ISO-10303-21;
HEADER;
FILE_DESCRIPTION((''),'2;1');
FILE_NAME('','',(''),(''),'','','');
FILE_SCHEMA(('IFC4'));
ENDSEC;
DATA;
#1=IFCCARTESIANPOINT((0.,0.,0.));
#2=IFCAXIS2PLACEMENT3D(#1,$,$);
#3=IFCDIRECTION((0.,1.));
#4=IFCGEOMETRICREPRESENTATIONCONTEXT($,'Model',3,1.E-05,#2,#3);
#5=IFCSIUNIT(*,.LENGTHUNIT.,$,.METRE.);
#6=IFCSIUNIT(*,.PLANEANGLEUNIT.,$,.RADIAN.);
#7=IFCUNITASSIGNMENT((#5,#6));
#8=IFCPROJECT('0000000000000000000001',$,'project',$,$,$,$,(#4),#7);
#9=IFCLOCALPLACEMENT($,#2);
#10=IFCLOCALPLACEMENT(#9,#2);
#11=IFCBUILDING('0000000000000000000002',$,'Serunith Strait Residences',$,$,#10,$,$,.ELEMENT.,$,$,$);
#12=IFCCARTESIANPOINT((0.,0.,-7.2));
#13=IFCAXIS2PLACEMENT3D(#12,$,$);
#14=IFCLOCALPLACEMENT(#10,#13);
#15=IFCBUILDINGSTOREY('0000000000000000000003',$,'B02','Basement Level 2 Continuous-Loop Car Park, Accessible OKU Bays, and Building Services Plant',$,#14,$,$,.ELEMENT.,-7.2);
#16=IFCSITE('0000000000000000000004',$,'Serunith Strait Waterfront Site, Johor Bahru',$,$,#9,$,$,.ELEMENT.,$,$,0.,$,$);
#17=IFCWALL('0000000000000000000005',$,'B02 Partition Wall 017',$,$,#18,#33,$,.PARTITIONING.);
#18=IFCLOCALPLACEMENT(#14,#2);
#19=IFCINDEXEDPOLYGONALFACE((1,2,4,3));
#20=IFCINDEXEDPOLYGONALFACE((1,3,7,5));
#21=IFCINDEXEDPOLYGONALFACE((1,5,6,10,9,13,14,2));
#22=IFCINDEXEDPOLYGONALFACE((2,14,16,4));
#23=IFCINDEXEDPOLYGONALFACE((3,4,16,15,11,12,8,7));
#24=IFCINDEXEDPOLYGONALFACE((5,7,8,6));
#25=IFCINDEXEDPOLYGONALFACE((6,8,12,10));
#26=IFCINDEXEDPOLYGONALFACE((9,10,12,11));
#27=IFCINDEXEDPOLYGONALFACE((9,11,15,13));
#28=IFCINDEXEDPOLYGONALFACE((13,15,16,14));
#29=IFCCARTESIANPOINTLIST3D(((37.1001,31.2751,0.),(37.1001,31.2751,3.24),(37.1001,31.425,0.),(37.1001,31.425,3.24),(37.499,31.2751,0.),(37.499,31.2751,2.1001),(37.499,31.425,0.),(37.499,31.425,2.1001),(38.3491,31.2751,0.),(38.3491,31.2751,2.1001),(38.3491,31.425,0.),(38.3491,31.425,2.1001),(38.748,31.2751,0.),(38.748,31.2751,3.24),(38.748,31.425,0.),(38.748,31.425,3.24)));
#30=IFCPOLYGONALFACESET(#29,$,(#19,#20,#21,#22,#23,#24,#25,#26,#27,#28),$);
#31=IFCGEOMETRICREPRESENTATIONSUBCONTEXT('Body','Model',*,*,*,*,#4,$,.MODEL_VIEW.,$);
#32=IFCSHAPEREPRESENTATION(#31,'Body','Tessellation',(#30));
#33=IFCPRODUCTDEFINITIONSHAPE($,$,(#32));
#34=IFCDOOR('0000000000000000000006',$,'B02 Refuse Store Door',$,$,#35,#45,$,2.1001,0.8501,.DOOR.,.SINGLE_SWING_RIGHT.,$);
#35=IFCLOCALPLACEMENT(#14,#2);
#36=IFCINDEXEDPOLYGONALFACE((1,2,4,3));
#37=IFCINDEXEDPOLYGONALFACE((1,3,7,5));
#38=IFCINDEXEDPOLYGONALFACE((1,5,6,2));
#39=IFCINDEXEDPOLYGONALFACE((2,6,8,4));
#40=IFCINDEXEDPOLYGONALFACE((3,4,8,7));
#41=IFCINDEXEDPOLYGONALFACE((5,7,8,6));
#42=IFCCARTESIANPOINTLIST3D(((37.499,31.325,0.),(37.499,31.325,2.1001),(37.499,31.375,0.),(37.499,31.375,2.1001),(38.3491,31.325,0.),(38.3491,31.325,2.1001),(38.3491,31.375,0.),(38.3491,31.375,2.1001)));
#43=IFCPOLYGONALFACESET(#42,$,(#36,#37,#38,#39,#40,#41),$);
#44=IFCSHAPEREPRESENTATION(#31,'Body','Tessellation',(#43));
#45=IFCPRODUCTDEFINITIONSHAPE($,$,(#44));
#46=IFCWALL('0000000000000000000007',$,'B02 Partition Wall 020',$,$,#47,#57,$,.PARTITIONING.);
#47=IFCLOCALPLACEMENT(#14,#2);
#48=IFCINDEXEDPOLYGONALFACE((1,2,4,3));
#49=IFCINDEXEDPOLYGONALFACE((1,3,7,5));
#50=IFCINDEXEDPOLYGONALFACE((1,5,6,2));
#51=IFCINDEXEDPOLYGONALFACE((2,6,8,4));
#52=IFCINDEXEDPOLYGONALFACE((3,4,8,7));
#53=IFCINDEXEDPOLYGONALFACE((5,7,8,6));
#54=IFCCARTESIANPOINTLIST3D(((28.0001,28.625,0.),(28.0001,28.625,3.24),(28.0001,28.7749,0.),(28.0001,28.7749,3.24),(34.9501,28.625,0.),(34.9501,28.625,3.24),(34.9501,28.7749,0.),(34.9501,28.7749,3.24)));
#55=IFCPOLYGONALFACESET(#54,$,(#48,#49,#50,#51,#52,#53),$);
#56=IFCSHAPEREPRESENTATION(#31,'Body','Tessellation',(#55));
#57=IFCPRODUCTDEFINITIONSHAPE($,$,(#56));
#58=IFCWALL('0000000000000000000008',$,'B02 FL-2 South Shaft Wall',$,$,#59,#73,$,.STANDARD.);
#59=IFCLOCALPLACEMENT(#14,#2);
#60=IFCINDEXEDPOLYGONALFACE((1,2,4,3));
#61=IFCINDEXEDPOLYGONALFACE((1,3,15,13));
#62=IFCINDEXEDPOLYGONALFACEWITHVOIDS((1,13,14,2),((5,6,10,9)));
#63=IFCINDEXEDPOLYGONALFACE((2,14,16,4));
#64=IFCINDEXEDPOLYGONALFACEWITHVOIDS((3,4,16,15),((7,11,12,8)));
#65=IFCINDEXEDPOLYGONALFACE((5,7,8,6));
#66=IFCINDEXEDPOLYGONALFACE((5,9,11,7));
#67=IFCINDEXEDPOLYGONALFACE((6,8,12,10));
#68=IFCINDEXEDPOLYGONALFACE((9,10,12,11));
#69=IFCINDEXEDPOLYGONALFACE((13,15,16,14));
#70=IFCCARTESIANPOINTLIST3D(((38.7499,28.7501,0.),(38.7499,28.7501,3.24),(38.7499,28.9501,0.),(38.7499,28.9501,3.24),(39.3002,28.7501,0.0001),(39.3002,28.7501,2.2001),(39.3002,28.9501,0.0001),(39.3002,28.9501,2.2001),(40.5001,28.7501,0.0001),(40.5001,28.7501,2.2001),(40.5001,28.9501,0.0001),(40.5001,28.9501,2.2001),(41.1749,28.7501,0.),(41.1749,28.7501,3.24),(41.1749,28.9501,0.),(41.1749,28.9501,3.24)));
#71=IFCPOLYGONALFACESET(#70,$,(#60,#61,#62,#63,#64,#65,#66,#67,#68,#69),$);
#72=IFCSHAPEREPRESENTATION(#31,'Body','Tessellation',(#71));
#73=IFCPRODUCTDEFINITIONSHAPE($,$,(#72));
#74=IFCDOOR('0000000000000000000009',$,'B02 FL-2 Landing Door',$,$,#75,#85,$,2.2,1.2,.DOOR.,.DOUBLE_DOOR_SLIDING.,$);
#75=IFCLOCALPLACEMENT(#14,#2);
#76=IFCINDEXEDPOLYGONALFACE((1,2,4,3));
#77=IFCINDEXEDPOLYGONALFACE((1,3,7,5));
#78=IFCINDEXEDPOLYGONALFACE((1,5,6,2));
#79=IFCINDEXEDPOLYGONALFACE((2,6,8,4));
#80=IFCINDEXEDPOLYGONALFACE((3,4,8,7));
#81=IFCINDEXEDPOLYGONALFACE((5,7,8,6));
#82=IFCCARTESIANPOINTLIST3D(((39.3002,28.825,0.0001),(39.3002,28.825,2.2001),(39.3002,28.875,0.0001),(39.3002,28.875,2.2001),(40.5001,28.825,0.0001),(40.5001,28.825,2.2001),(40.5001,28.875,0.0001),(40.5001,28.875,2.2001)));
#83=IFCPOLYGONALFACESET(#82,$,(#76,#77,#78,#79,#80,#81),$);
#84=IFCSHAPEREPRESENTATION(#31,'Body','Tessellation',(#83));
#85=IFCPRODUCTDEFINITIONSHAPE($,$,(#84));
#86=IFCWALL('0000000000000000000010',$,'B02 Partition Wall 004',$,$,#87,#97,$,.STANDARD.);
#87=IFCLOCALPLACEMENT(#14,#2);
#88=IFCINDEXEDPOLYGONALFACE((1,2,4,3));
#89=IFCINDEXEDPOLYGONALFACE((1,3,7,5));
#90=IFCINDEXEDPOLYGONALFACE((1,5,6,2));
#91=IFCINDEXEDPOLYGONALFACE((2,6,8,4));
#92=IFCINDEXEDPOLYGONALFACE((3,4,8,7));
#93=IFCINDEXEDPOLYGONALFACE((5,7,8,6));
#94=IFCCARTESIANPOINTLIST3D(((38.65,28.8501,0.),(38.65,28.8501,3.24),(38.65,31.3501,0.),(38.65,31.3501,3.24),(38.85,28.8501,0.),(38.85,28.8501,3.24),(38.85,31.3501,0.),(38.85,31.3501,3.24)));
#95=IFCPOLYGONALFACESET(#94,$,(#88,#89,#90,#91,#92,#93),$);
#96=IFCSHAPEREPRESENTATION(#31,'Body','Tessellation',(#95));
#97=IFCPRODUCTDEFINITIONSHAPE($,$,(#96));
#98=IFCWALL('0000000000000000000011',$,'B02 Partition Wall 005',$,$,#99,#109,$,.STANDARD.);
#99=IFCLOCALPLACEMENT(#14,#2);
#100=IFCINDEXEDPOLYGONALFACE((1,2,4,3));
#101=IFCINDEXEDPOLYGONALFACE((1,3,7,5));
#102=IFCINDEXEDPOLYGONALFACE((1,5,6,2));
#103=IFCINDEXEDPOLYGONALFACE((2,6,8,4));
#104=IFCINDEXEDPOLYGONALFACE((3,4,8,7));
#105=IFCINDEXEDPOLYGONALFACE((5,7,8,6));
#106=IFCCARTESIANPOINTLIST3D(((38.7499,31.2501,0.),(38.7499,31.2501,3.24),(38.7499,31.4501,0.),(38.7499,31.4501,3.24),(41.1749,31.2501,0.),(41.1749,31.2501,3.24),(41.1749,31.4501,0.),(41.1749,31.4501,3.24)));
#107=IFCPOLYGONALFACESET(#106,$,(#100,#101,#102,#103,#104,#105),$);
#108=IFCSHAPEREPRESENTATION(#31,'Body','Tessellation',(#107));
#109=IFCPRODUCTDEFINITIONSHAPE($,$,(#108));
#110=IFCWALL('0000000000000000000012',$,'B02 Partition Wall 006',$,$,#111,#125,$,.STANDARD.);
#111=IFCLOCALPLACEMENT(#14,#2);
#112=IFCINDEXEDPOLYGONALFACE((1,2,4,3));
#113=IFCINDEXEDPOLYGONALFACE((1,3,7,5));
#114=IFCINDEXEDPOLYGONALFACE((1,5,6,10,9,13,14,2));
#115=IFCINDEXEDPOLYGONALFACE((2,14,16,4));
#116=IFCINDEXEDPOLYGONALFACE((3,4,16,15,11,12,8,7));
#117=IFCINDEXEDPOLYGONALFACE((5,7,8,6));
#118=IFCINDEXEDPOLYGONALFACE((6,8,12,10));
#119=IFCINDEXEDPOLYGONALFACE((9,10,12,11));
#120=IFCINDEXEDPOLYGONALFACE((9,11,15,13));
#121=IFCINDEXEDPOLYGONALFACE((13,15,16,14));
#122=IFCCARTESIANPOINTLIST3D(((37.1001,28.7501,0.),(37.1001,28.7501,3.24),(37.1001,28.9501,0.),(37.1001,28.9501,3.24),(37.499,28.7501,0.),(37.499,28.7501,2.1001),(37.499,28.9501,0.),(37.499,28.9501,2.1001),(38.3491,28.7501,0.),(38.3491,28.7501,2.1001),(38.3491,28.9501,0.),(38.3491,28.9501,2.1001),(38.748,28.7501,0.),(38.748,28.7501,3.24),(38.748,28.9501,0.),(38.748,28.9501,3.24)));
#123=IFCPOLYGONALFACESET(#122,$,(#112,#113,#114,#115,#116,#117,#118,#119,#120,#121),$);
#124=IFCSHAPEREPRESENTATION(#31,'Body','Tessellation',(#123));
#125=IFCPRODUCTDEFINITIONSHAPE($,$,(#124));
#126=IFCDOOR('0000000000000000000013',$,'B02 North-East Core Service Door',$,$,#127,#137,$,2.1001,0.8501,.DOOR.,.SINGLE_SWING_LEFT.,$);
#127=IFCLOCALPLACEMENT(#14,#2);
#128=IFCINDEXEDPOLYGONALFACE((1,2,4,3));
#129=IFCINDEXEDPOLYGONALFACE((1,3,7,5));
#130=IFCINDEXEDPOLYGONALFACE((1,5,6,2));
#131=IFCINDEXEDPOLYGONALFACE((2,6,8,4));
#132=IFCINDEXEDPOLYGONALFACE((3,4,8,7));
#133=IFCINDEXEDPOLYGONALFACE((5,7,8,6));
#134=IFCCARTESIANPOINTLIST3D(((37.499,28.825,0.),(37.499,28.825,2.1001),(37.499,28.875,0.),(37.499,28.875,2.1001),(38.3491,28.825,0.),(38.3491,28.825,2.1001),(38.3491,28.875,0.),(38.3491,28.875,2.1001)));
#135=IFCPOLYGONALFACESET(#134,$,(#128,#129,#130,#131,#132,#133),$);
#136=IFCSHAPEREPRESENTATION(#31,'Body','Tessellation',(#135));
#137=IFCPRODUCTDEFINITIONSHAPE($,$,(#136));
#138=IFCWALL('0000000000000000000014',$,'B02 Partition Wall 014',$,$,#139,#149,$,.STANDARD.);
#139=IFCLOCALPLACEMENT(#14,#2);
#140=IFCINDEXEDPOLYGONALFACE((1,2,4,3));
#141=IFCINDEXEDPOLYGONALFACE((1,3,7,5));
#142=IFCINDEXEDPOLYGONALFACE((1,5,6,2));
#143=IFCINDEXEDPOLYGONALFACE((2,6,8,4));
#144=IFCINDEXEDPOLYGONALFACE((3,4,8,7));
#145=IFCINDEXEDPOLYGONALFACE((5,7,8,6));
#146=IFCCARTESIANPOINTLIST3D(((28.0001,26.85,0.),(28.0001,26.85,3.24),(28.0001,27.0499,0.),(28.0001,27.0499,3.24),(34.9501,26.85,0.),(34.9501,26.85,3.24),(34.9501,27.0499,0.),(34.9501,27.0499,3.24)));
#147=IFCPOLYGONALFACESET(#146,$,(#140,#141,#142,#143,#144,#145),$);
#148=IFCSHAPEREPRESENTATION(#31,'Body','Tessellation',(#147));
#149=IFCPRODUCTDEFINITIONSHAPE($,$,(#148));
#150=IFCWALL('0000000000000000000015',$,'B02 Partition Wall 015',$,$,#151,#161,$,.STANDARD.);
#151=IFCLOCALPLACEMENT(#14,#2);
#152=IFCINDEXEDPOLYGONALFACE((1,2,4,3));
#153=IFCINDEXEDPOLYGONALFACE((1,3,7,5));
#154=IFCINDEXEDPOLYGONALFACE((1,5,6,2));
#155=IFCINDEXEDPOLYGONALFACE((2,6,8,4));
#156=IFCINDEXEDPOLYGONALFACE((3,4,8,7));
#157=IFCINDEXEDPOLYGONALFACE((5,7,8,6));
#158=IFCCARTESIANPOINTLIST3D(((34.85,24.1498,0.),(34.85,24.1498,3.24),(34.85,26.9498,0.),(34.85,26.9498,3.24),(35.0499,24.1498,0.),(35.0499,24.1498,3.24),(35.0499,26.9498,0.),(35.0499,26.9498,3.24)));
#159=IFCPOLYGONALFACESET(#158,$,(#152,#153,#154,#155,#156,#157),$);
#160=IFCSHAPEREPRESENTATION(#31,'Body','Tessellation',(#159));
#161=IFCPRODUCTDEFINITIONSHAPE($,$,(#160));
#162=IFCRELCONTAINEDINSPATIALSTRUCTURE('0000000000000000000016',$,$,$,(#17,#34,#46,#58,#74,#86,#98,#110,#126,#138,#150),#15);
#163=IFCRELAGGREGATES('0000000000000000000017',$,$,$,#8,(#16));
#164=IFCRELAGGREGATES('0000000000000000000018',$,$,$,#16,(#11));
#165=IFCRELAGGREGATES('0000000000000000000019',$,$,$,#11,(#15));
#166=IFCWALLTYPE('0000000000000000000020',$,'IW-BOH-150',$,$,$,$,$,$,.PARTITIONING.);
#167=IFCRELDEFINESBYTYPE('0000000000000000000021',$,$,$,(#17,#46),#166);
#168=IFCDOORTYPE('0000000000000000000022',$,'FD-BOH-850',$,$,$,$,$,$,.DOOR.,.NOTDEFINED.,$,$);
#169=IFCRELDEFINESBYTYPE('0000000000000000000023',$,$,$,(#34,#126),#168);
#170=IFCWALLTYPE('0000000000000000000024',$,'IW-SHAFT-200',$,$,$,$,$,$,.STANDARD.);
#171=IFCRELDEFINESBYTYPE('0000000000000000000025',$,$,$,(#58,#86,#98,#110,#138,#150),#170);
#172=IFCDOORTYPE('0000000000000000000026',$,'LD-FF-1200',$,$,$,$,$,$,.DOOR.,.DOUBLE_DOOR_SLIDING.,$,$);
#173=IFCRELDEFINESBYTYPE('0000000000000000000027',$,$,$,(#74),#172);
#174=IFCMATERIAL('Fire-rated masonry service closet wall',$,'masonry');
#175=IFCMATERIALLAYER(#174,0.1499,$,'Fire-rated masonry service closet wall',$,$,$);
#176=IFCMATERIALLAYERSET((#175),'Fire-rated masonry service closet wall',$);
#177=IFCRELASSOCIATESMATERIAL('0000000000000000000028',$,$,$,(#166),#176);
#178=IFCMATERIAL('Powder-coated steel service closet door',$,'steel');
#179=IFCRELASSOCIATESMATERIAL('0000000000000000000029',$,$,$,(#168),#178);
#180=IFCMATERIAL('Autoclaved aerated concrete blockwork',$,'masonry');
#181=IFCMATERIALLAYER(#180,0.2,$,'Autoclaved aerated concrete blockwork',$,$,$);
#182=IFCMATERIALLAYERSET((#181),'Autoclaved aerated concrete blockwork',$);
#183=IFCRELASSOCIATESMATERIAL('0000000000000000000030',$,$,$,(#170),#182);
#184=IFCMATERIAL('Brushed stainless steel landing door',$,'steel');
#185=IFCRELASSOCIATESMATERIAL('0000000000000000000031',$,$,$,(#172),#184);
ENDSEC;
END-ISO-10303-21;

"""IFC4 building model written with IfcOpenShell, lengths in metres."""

from ifc_helpers import new_model, si_unit, direction, frame, frame_2d, origin, place, context, subcontext, project, spatial, rectangle, extrude, source, transform, mapped, material, layer, layer_set, type_object, element, fill, save


model = new_model("IFC4")

# Units and contexts
model_context = context("Model", 3, precision=1e-05, world=origin(), true_north=direction((0.0, 1.0)))
body_context = subcontext(model_context, "Body", "Model", "MODEL_VIEW")
ifc_project = project(units=[si_unit("LENGTHUNIT", "METRE"), si_unit("PLANEANGLEUNIT", "RADIAN")], contexts=[model_context])

# Site, building, storey
site_placement = place(None, origin())
site = spatial("IfcSite", under=ifc_project, at=site_placement, Name="Serunith Strait Waterfront Site, Johor Bahru", CompositionType="ELEMENT", RefElevation=0.0)
building_placement = place(site_placement, origin())
building = spatial("IfcBuilding", under=site, at=building_placement, Name="Serunith Strait Residences", CompositionType="ELEMENT")
storey_placement = place(building_placement, frame((0.0, 0.0, -7.2)))
storey = spatial("IfcBuildingStorey", under=building, at=storey_placement, Name="B02", Description="Basement Level 2 Continuous-Loop Car Park, Accessible OKU Bays, and Building Services Plant", CompositionType="ELEMENT", Elevation=-7.2)

# Wall, opening, door
ifc_material_1 = material(Name="Fire-rated masonry service closet wall", Category="masonry")
ifc_layer_1 = layer(ifc_material_1, 0.1499, Name="Fire-rated masonry service closet wall")
ifc_layer_set_1 = layer_set([ifc_layer_1], Name="Fire-rated masonry service closet wall")
wall_type_1 = type_object("IfcWallType", Name="IW-BOH-150", PredefinedType="PARTITIONING", material=ifc_layer_set_1)
wall_1_placement = place(storey_placement, frame((37.1001, 31.3501, 0.0), z_axis=(0.0, 0.0, 1.0), x_axis=(1.0, 0.0, 0.0)))
wall_1 = element("IfcWall", 1, at=wall_1_placement, inside=storey, type_object=wall_type_1, Name="B02 Partition Wall 017", PredefinedType="PARTITIONING", context=body_context, shape_type="SweptSolid", body=[
    extrude(rectangle(XDim=1.6479, YDim=0.1499, at=frame_2d((0.824, 0.0))), origin(), (0.0, 0.0, 1.0), 3.24),
])
opening_1_placement = place(wall_1_placement, frame((0.3989, 0.0, 0.0)))
opening_1 = element("IfcOpeningElement", 2, at=opening_1_placement, cuts=wall_1, PredefinedType="OPENING", context=body_context, shape_type="SweptSolid", body=[
    extrude(rectangle(XDim=0.8501, YDim=2.1001, at=frame_2d((0.425, 1.05))), frame((0.0, 0.085, 0.0), z_axis=(0.0, -1.0, 0.0), x_axis=(1.0, 0.0, 0.0)), (0.0, 0.0, 1.0), 0.1699),
])
ifc_material_2 = material(Name="Powder-coated steel service closet door", Category="steel")
door_type_1 = type_object("IfcDoorType", Name="FD-BOH-850", OperationType="NOTDEFINED", PredefinedType="DOOR", material=ifc_material_2)
shared_shape_1 = source(origin(), body_context, "Body", "SweptSolid", [
    extrude(rectangle(XDim=0.8501, YDim=2.1001, at=frame_2d((0.425, 1.05))), frame((0.0, 0.0249, 0.0), z_axis=(0.0, -1.0, 0.0), x_axis=(1.0, 0.0, 0.0)), (0.0, 0.0, 1.0), 0.05),
])
door_1_placement = place(opening_1_placement, origin())
door_1 = element("IfcDoor", 3, at=door_1_placement, inside=storey, type_object=door_type_1, Name="B02 Refuse Store Door", OperationType="SINGLE_SWING_RIGHT", OverallHeight=2.1001, OverallWidth=0.8501, PredefinedType="DOOR", context=body_context, shape_type="MappedRepresentation", body=[
    mapped(shared_shape_1, transform((0.0, 0.0, 0.0), scale=1.0)),
])
fill(opening_1, door_1)

# Wall
wall_2_placement = place(storey_placement, frame((28.0, 28.7, 0.0), z_axis=(0.0, 0.0, 1.0), x_axis=(1.0, 0.0, 0.0)))
element("IfcWall", 4, at=wall_2_placement, inside=storey, type_object=wall_type_1, Name="B02 Partition Wall 020", PredefinedType="PARTITIONING", context=body_context, shape_type="SweptSolid", body=[
    extrude(rectangle(XDim=6.95, YDim=0.1499, at=frame_2d((3.4751, 0.0))), origin(), (0.0, 0.0, 1.0), 3.24),
])

# Wall, opening, door
ifc_material_3 = material(Name="Autoclaved aerated concrete blockwork", Category="masonry")
ifc_layer_2 = layer(ifc_material_3, 0.2, Name="Autoclaved aerated concrete blockwork")
ifc_layer_set_2 = layer_set([ifc_layer_2], Name="Autoclaved aerated concrete blockwork")
wall_type_2 = type_object("IfcWallType", Name="IW-SHAFT-200", PredefinedType="STANDARD", material=ifc_layer_set_2)
wall_3_placement = place(storey_placement, frame((38.75, 28.8501, 0.0), z_axis=(0.0, 0.0, 1.0), x_axis=(1.0, 0.0, 0.0)))
wall_3 = element("IfcWall", 5, at=wall_3_placement, inside=storey, type_object=wall_type_2, Name="B02 FL-2 South Shaft Wall", PredefinedType="STANDARD", context=body_context, shape_type="SweptSolid", body=[
    extrude(rectangle(XDim=2.425, YDim=0.2, at=frame_2d((1.2124, 0.0))), origin(), (0.0, 0.0, 1.0), 3.24),
])
opening_2_placement = place(wall_3_placement, frame((0.55, 0.0, 0.0)))
opening_2 = element("IfcOpeningElement", 6, at=opening_2_placement, cuts=wall_3, PredefinedType="OPENING", context=body_context, shape_type="SweptSolid", body=[
    extrude(rectangle(XDim=1.2, YDim=2.2, at=frame_2d((0.6001, 1.1001))), frame((0.0, 0.1099, 0.0), z_axis=(0.0, -1.0, 0.0), x_axis=(1.0, 0.0, 0.0)), (0.0, 0.0, 1.0), 0.22),
])
ifc_material_4 = material(Name="Brushed stainless steel landing door", Category="steel")
door_type_2 = type_object("IfcDoorType", Name="LD-FF-1200", OperationType="DOUBLE_DOOR_SLIDING", PredefinedType="DOOR", material=ifc_material_4)
shared_shape_2 = source(origin(), body_context, "Body", "SweptSolid", [
    extrude(rectangle(XDim=1.2, YDim=2.2, at=frame_2d((0.6001, 1.1001))), frame((0.0, 0.0249, 0.0), z_axis=(0.0, -1.0, 0.0), x_axis=(1.0, 0.0, 0.0)), (0.0, 0.0, 1.0), 0.05),
])
door_2_placement = place(opening_2_placement, origin())
door_2 = element("IfcDoor", 7, at=door_2_placement, inside=storey, type_object=door_type_2, Name="B02 FL-2 Landing Door", OperationType="DOUBLE_DOOR_SLIDING", OverallHeight=2.2, OverallWidth=1.2, PredefinedType="DOOR", context=body_context, shape_type="MappedRepresentation", body=[
    mapped(shared_shape_2, transform((0.0, 0.0, 0.0), scale=1.0)),
])
fill(opening_2, door_2)

# Walls
wall_4_placement = place(storey_placement, frame((38.75, 28.8501, 0.0), z_axis=(0.0, 0.0, 1.0), x_axis=(0.0, 1.0, 0.0)))
element("IfcWall", 8, at=wall_4_placement, inside=storey, type_object=wall_type_2, Name="B02 Partition Wall 004", PredefinedType="STANDARD", context=body_context, shape_type="SweptSolid", body=[
    extrude(rectangle(XDim=2.5, YDim=0.2, at=frame_2d((1.25, 0.0))), origin(), (0.0, 0.0, 1.0), 3.24),
])
wall_5_placement = place(storey_placement, frame((38.75, 31.3501, 0.0), z_axis=(0.0, 0.0, 1.0), x_axis=(1.0, 0.0, 0.0)))
element("IfcWall", 9, at=wall_5_placement, inside=storey, type_object=wall_type_2, Name="B02 Partition Wall 005", PredefinedType="STANDARD", context=body_context, shape_type="SweptSolid", body=[
    extrude(rectangle(XDim=2.425, YDim=0.2, at=frame_2d((1.2124, 0.0))), origin(), (0.0, 0.0, 1.0), 3.24),
])

# Wall, opening, door
wall_6_placement = place(storey_placement, frame((37.1001, 28.8501, 0.0), z_axis=(0.0, 0.0, 1.0), x_axis=(1.0, 0.0, 0.0)))
wall_6 = element("IfcWall", 10, at=wall_6_placement, inside=storey, type_object=wall_type_2, Name="B02 Partition Wall 006", PredefinedType="STANDARD", context=body_context, shape_type="SweptSolid", body=[
    extrude(rectangle(XDim=1.6479, YDim=0.2, at=frame_2d((0.824, 0.0))), origin(), (0.0, 0.0, 1.0), 3.24),
])
opening_3_placement = place(wall_6_placement, frame((0.3989, 0.0, 0.0)))
opening_3 = element("IfcOpeningElement", 11, at=opening_3_placement, cuts=wall_6, PredefinedType="OPENING", context=body_context, shape_type="SweptSolid", body=[
    extrude(rectangle(XDim=0.8501, YDim=2.1001, at=frame_2d((0.425, 1.05))), frame((0.0, 0.1099, 0.0), z_axis=(0.0, -1.0, 0.0), x_axis=(1.0, 0.0, 0.0)), (0.0, 0.0, 1.0), 0.22),
])
door_3_placement = place(opening_3_placement, origin())
door_3 = element("IfcDoor", 12, at=door_3_placement, inside=storey, type_object=door_type_1, Name="B02 North-East Core Service Door", OperationType="SINGLE_SWING_LEFT", OverallHeight=2.1001, OverallWidth=0.8501, PredefinedType="DOOR", context=body_context, shape_type="MappedRepresentation", body=[
    mapped(shared_shape_1, transform((0.0, 0.0, 0.0), scale=1.0)),
])
fill(opening_3, door_3)

# Walls
wall_7_placement = place(storey_placement, frame((28.0, 26.95, 0.0), z_axis=(0.0, 0.0, 1.0), x_axis=(1.0, 0.0, 0.0)))
element("IfcWall", 13, at=wall_7_placement, inside=storey, type_object=wall_type_2, Name="B02 Partition Wall 014", PredefinedType="STANDARD", context=body_context, shape_type="SweptSolid", body=[
    extrude(rectangle(XDim=6.95, YDim=0.2, at=frame_2d((3.4751, 0.0))), origin(), (0.0, 0.0, 1.0), 3.24),
])
wall_8_placement = place(storey_placement, frame((34.95, 24.1499, 0.0), z_axis=(0.0, 0.0, 1.0), x_axis=(0.0, 1.0, 0.0)))
element("IfcWall", 14, at=wall_8_placement, inside=storey, type_object=wall_type_2, Name="B02 Partition Wall 015", PredefinedType="STANDARD", context=body_context, shape_type="SweptSolid", body=[
    extrude(rectangle(XDim=2.8, YDim=0.2, at=frame_2d((1.3999, 0.0))), origin(), (0.0, 0.0, 1.0), 3.24),
])

save(model, "model.ifc")
